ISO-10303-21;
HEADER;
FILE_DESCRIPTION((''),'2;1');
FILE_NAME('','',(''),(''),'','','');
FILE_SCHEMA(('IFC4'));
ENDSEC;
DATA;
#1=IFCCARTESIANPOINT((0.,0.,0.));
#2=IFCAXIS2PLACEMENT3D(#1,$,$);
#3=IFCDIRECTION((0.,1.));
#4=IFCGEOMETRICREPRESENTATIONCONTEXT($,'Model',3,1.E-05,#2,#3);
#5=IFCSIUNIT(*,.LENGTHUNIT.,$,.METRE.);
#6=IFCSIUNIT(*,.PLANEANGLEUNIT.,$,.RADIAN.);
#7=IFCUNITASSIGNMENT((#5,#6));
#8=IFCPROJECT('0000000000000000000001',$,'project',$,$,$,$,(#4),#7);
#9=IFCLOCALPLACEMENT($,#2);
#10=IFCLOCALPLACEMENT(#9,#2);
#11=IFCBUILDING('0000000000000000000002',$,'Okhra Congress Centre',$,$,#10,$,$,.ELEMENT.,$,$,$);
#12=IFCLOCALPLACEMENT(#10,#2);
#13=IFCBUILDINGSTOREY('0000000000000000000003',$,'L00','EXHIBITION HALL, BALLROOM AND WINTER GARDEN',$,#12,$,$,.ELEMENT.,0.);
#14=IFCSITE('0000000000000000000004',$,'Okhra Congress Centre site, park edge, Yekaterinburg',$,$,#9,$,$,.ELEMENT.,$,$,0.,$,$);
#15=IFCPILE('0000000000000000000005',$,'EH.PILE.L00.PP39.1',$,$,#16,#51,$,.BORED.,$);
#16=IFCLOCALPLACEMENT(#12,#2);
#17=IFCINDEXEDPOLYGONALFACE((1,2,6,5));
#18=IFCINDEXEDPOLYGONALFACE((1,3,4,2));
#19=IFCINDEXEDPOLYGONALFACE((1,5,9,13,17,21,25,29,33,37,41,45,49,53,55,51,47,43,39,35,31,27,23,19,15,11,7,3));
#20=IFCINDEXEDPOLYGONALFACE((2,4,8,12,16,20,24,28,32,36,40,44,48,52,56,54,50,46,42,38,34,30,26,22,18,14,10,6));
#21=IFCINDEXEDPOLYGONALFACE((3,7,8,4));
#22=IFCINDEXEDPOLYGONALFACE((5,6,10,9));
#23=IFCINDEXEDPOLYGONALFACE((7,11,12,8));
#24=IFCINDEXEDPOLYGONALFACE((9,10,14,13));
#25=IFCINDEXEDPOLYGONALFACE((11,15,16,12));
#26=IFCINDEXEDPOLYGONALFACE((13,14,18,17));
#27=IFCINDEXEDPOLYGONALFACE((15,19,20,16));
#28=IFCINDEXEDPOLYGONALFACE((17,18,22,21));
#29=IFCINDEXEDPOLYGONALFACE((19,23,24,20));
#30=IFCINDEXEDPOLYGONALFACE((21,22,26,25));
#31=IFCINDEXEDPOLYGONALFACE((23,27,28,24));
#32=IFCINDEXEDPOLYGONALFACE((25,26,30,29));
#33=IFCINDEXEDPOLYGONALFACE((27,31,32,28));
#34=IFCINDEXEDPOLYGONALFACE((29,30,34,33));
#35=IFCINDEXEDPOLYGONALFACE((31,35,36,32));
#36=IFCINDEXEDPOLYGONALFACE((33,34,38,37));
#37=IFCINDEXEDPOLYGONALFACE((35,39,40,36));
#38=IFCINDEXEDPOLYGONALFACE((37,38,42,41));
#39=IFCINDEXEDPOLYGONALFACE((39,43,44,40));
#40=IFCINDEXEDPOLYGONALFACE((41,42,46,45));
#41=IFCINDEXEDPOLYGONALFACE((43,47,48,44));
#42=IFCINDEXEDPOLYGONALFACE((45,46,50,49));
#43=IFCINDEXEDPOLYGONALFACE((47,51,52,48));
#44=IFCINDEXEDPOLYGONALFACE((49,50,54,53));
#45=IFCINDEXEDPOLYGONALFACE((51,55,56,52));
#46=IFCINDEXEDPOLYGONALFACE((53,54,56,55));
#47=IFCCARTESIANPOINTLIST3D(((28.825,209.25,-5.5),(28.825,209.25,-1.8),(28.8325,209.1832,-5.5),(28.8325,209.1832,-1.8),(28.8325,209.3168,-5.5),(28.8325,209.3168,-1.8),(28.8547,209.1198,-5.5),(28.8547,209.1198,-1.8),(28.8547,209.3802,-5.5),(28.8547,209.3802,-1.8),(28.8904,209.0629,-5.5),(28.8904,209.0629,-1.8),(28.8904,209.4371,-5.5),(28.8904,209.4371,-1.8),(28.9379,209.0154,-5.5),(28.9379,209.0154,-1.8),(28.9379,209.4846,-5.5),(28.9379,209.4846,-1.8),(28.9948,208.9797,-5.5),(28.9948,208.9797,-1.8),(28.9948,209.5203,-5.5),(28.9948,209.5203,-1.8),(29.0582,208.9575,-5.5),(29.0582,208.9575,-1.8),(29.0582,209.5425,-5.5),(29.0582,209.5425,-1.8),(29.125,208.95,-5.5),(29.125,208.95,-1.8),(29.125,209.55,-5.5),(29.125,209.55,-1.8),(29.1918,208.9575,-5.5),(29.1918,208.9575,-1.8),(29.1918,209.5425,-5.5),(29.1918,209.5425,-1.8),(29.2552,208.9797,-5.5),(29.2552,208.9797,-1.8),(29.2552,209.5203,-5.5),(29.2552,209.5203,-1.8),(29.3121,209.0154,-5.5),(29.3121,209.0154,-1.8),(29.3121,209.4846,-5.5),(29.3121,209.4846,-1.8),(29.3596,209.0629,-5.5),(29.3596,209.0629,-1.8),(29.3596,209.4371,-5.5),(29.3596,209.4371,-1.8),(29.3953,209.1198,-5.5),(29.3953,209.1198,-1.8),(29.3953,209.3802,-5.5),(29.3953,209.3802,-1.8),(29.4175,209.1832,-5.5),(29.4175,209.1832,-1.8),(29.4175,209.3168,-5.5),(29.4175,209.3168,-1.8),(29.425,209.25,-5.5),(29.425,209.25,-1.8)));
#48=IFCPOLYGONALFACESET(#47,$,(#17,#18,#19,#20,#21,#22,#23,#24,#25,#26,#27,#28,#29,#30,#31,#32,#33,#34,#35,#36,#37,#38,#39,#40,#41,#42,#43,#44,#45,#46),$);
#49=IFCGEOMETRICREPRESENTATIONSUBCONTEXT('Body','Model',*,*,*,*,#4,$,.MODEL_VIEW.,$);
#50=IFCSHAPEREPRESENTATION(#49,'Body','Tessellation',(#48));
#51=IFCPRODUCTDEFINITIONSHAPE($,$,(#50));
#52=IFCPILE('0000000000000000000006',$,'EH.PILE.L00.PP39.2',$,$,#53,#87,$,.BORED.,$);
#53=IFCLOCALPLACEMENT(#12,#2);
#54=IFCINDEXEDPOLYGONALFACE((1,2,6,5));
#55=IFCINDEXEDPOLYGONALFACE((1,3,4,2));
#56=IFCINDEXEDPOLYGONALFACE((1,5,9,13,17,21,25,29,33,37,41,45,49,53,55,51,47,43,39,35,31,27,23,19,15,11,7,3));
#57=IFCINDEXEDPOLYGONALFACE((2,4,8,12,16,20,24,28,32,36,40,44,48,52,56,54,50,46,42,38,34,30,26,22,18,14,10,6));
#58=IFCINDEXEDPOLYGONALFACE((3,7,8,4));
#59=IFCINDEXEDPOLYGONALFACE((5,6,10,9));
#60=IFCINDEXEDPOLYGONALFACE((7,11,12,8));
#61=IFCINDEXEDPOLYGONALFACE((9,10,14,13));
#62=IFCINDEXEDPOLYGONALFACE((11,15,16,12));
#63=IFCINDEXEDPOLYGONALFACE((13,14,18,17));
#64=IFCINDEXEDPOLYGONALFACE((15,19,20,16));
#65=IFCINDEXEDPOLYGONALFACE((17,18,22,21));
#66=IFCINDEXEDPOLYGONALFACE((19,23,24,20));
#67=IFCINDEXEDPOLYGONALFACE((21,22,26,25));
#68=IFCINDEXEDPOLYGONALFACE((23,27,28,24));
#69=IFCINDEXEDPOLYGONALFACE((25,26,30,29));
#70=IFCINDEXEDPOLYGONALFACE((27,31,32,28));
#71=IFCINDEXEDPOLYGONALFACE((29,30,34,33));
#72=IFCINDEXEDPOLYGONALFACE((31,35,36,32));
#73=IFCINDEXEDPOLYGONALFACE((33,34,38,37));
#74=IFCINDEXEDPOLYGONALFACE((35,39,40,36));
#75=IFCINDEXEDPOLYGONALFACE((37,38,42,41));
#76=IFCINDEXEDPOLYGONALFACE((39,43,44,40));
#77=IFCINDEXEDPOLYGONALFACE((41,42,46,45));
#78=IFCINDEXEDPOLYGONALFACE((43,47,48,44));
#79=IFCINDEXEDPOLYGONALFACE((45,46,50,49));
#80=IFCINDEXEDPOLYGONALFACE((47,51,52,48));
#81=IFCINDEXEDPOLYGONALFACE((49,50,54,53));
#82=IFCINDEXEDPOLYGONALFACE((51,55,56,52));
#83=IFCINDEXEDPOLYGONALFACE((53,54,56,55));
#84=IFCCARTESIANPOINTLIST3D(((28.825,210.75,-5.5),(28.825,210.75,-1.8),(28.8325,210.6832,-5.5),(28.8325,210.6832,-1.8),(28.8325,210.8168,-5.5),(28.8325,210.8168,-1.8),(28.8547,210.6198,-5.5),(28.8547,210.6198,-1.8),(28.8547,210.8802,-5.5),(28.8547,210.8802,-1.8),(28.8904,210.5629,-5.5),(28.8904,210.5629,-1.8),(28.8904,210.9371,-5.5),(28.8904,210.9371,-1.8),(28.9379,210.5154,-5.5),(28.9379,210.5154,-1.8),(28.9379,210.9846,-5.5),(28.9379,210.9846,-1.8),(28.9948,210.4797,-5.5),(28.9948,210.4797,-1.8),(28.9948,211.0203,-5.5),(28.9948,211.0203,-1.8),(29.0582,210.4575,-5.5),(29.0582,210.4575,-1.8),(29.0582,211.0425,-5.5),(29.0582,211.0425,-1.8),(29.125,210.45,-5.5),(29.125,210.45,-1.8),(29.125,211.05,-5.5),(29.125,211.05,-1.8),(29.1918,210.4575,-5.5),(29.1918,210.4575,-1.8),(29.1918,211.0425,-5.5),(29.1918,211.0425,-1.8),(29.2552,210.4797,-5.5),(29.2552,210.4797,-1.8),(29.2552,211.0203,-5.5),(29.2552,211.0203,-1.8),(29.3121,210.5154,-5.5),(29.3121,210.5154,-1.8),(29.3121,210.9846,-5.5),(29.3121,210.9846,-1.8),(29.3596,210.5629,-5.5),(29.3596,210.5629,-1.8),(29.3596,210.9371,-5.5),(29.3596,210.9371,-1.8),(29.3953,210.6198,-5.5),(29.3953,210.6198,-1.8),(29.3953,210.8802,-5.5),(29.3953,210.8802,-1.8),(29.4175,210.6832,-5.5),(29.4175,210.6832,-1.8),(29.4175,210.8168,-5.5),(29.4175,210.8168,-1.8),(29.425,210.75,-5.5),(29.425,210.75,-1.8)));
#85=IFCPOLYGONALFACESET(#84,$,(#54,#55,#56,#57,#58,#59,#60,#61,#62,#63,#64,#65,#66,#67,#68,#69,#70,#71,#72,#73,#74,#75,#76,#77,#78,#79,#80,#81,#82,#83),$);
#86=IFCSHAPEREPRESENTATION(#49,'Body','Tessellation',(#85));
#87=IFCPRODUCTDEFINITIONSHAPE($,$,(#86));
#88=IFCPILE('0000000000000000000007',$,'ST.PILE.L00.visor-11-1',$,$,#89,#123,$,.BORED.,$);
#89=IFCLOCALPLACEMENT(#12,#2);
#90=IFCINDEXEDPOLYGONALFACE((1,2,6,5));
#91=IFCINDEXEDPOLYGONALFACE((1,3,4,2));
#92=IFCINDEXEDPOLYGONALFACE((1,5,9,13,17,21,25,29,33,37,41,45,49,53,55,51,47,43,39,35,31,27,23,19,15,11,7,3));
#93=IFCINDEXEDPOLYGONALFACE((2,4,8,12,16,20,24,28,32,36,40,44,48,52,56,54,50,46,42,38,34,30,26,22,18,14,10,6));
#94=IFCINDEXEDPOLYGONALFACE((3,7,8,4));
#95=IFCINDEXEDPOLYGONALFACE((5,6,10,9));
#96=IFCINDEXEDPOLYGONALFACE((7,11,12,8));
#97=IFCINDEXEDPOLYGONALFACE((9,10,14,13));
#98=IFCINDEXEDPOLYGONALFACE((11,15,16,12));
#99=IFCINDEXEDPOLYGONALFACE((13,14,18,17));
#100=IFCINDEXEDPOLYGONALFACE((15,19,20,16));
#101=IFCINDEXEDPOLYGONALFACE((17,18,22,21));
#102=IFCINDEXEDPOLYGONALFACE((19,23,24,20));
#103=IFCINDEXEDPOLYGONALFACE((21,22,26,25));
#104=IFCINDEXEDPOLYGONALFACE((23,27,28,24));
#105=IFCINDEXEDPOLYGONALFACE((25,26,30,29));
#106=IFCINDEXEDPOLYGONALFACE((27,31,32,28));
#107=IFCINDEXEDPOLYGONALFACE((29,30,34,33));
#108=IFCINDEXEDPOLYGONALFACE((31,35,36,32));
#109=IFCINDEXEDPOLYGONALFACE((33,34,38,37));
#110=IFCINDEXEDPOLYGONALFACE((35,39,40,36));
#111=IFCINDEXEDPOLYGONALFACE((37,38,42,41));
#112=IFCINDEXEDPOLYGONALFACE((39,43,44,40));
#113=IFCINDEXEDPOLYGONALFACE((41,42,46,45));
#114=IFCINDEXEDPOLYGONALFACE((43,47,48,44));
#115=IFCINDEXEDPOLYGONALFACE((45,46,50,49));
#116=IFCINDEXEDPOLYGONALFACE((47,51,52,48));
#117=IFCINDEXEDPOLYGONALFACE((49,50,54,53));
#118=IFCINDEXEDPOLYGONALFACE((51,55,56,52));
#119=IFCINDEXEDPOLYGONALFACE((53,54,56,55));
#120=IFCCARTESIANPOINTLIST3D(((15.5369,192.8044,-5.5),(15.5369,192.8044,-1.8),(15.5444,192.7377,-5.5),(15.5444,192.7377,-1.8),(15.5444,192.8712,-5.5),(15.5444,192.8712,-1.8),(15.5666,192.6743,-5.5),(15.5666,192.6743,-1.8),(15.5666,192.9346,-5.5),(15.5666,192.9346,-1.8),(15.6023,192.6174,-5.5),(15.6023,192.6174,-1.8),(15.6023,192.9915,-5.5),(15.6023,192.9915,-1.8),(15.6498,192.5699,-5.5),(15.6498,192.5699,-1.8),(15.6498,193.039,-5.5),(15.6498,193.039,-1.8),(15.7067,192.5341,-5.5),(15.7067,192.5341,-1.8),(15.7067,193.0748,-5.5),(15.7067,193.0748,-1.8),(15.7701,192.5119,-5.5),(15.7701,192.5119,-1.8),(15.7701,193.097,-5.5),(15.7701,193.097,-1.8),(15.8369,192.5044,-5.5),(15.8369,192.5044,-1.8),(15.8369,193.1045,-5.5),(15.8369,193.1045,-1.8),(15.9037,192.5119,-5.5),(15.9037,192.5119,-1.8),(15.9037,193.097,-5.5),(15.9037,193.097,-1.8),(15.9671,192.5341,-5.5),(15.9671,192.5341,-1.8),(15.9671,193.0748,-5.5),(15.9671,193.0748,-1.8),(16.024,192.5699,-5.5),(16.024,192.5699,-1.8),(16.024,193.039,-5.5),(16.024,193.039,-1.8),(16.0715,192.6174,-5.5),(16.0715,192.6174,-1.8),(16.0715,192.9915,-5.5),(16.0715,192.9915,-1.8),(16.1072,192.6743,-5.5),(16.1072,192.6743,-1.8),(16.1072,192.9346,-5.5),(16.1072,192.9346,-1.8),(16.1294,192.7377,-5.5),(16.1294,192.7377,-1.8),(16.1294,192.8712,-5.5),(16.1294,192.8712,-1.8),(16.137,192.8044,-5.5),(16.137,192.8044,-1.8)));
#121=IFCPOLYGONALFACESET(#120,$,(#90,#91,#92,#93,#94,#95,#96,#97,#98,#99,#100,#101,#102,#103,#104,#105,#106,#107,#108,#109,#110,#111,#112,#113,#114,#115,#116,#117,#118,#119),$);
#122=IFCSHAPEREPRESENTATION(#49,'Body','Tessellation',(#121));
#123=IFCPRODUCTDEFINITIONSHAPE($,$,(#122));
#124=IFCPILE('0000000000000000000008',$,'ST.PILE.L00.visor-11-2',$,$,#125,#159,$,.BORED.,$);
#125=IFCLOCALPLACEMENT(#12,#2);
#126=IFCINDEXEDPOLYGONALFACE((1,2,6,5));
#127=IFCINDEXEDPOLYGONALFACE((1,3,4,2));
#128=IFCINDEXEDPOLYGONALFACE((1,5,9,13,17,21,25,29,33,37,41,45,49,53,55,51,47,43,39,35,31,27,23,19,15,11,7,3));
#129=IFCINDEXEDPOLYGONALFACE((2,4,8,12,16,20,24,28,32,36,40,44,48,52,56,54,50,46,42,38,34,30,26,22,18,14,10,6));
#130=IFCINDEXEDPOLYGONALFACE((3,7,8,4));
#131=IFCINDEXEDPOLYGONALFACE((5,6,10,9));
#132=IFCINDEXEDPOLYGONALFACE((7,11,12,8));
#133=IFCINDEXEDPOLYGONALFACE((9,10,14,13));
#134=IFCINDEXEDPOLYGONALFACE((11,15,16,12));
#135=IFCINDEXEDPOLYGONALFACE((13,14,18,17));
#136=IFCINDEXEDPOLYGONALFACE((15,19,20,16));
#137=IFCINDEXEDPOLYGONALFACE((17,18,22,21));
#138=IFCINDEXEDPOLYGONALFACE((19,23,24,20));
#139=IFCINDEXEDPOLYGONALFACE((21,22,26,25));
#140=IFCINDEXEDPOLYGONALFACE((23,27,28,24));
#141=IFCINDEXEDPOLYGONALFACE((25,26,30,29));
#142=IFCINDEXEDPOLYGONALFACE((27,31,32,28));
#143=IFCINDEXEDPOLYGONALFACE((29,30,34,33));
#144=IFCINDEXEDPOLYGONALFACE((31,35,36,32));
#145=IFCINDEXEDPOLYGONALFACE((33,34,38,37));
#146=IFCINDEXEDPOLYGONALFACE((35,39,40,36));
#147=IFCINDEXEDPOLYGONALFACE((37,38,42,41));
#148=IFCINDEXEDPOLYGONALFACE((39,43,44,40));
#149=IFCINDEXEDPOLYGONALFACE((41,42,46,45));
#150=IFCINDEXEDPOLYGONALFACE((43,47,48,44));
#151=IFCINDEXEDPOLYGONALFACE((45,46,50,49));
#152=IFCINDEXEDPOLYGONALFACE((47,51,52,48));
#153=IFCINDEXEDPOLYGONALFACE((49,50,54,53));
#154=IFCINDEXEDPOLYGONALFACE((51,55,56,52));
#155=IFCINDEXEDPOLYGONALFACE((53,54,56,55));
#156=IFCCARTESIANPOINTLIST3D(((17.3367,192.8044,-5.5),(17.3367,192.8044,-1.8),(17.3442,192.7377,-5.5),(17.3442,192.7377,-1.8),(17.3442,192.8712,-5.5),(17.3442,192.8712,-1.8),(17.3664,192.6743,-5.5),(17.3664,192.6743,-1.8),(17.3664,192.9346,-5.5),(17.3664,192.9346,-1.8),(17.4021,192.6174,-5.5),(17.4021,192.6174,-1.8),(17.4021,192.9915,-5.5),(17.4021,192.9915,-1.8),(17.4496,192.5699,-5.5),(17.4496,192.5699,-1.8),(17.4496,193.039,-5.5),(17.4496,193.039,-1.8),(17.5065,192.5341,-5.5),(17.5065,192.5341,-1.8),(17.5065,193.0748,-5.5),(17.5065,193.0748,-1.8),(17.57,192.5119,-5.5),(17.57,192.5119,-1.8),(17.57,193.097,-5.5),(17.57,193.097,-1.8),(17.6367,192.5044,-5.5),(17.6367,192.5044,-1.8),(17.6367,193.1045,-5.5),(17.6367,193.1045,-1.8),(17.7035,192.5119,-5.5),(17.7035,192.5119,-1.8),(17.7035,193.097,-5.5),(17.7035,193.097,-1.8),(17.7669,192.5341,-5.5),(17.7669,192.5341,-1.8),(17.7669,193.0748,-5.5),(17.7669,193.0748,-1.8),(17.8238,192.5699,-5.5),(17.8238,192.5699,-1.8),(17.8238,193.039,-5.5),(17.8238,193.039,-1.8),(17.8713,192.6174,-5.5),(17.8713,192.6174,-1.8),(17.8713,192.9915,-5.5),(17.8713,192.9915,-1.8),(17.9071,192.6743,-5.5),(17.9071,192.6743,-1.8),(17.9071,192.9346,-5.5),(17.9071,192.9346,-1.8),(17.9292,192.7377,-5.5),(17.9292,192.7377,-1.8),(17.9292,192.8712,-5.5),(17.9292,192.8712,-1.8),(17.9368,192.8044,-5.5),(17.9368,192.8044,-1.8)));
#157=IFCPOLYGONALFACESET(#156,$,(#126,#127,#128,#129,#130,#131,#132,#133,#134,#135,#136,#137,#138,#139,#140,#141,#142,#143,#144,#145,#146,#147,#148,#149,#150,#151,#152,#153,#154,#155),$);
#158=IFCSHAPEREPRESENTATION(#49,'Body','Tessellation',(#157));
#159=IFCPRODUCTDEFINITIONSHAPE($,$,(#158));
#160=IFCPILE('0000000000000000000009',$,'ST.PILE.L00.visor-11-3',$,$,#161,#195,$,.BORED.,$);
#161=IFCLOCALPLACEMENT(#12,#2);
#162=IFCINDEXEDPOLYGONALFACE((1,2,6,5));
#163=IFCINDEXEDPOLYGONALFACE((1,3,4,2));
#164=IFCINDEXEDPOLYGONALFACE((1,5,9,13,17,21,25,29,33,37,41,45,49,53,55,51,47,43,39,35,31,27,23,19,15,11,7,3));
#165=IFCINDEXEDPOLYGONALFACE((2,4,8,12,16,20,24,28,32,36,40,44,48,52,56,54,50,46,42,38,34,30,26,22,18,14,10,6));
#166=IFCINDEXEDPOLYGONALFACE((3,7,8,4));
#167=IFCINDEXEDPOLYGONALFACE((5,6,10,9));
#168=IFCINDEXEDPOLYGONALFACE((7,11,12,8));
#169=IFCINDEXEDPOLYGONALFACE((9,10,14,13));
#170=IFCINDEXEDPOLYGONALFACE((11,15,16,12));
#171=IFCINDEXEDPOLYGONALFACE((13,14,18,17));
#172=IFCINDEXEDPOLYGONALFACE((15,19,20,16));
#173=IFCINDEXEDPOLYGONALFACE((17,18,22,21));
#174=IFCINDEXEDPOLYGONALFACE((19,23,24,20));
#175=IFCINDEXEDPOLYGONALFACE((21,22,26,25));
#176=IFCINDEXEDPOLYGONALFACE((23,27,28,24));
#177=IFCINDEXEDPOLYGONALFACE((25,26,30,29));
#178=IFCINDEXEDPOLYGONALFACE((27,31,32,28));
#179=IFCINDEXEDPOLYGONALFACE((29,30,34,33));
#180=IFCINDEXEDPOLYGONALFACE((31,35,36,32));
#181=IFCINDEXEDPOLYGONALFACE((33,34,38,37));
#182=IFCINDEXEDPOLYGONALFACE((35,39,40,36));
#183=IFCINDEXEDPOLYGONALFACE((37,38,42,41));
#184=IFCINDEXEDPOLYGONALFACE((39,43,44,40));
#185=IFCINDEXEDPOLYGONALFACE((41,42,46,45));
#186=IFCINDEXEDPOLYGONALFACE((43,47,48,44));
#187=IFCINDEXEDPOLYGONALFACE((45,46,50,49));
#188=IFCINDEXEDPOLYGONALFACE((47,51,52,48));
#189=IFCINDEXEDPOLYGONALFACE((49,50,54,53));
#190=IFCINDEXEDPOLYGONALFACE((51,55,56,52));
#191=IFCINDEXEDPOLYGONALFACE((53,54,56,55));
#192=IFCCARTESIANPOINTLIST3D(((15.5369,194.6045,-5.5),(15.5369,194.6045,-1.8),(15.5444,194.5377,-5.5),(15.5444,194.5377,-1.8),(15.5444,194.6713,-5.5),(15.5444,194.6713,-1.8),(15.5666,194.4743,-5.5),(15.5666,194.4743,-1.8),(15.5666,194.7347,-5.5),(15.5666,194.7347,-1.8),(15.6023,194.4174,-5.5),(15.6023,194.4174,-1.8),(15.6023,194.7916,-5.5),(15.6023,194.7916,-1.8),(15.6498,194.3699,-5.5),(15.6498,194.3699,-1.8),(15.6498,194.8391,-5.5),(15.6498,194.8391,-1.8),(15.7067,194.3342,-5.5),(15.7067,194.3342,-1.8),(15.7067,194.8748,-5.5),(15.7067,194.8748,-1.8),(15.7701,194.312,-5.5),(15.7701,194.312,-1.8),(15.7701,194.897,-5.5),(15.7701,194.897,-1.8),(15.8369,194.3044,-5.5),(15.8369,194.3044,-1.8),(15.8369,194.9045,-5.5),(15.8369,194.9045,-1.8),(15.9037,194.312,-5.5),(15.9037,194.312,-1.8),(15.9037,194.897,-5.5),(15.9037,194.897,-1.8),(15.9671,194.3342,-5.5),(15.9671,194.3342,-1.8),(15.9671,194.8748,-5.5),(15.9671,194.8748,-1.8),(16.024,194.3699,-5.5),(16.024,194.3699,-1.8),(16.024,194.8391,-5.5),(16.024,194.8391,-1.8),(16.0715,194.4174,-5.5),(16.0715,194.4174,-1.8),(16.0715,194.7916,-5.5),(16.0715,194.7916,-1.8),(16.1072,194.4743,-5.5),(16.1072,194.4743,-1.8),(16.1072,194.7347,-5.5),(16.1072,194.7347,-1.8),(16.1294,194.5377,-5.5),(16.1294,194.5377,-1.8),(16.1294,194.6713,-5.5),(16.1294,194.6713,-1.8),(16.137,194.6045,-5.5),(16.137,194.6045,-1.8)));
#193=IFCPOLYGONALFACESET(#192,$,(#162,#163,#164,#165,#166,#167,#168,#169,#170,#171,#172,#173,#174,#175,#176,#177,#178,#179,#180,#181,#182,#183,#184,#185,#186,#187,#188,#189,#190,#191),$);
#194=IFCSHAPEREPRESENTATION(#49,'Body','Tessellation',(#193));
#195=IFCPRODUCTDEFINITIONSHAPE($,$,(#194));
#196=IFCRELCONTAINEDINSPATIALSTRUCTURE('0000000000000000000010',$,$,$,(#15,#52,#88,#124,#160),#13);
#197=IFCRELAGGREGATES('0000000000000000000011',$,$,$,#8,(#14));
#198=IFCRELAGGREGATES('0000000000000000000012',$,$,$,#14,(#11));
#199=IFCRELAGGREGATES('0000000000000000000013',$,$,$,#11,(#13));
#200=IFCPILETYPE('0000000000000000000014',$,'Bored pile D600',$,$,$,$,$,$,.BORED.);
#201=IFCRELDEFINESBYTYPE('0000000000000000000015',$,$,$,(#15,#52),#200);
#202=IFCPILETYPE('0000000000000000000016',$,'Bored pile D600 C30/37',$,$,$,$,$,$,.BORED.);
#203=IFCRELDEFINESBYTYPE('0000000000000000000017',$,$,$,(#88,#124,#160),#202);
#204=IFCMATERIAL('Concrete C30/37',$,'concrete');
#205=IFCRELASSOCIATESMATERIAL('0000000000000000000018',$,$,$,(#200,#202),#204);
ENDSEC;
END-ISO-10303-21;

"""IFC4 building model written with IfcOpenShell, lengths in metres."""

from ifc_helpers import new_model, si_unit, direction, frame, origin, origin_2d, place, context, subcontext, project, spatial, circle, extrude, material, material_profile, profile_set, type_object, element, save


model = new_model("IFC4")

# Units and contexts
model_context = context("Model", 3, precision=1e-05, world=origin(), true_north=direction((0.0, 1.0)))
body_context = subcontext(model_context, "Body", "Model", "MODEL_VIEW")
ifc_project = project(units=[si_unit("LENGTHUNIT", "METRE"), si_unit("PLANEANGLEUNIT", "RADIAN")], contexts=[model_context])

# Site, building, storey
site_placement = place(None, origin())
site = spatial("IfcSite", under=ifc_project, at=site_placement, Name="Okhra Congress Centre site, park edge, Yekaterinburg", CompositionType="ELEMENT", RefElevation=0.0)
building_placement = place(site_placement, origin())
building = spatial("IfcBuilding", under=site, at=building_placement, Name="Okhra Congress Centre", CompositionType="ELEMENT")
storey_placement = place(building_placement, origin())
storey = spatial("IfcBuildingStorey", under=building, at=storey_placement, Name="L00", Description="EXHIBITION HALL, BALLROOM AND WINTER GARDEN", CompositionType="ELEMENT", Elevation=0.0)

# Piles
ifc_material_1 = material(Name="Concrete C30/37", Category="concrete")
ifc_material_profile_1 = material_profile(ifc_material_1, circle(Radius=0.3, at=origin_2d()), Name="D600")
ifc_profile_set_1 = profile_set([ifc_material_profile_1], Name="Concrete C30/37")
pile_type_1 = type_object("IfcPileType", Name="Bored pile D600", PredefinedType="BORED", material=ifc_profile_set_1)
for number, where, z_axis, x_axis, name in (
    (1, (29.125, 209.25, -1.8), (0.0, 0.0, -1.0), (1.0, 0.0, 0.0), "EH.PILE.L00.PP39.1"),
    (2, (29.125, 210.75, -1.8), (0.0, 0.0, -1.0), (1.0, 0.0, 0.0), "EH.PILE.L00.PP39.2"),
):
    element("IfcPile", number, at=place(storey_placement, frame(where, z_axis=z_axis, x_axis=x_axis)), inside=storey, type_object=pile_type_1, Name=name, PredefinedType="BORED", context=body_context, shape_type="SweptSolid", body=[
        extrude(circle(Radius=0.3, at=origin_2d()), origin(), (0.0, 0.0, 1.0), 3.7),
    ])
ifc_material_profile_2 = material_profile(ifc_material_1, circle(Radius=0.3, at=origin_2d()), Name="D600")
ifc_profile_set_2 = profile_set([ifc_material_profile_2], Name="Concrete C30/37")
pile_type_2 = type_object("IfcPileType", Name="Bored pile D600 C30/37", PredefinedType="BORED", material=ifc_profile_set_2)
for number, where, z_axis, x_axis, name in (
    (3, (15.8369, 192.8044, -1.8), (0.0, 0.0, -1.0), (1.0, 0.0, 0.0), "ST.PILE.L00.visor-11-1"),
    (4, (17.6367, 192.8044, -1.8), (0.0, 0.0, -1.0), (1.0, 0.0, 0.0), "ST.PILE.L00.visor-11-2"),
    (5, (15.8369, 194.6045, -1.8), (0.0, 0.0, -1.0), (1.0, 0.0, 0.0), "ST.PILE.L00.visor-11-3"),
):
    element("IfcPile", number, at=place(storey_placement, frame(where, z_axis=z_axis, x_axis=x_axis)), inside=storey, type_object=pile_type_2, Name=name, PredefinedType="BORED", context=body_context, shape_type="SweptSolid", body=[
        extrude(circle(Radius=0.3, at=origin_2d()), origin(), (0.0, 0.0, 1.0), 3.7),
    ])

save(model, "model.ifc")
